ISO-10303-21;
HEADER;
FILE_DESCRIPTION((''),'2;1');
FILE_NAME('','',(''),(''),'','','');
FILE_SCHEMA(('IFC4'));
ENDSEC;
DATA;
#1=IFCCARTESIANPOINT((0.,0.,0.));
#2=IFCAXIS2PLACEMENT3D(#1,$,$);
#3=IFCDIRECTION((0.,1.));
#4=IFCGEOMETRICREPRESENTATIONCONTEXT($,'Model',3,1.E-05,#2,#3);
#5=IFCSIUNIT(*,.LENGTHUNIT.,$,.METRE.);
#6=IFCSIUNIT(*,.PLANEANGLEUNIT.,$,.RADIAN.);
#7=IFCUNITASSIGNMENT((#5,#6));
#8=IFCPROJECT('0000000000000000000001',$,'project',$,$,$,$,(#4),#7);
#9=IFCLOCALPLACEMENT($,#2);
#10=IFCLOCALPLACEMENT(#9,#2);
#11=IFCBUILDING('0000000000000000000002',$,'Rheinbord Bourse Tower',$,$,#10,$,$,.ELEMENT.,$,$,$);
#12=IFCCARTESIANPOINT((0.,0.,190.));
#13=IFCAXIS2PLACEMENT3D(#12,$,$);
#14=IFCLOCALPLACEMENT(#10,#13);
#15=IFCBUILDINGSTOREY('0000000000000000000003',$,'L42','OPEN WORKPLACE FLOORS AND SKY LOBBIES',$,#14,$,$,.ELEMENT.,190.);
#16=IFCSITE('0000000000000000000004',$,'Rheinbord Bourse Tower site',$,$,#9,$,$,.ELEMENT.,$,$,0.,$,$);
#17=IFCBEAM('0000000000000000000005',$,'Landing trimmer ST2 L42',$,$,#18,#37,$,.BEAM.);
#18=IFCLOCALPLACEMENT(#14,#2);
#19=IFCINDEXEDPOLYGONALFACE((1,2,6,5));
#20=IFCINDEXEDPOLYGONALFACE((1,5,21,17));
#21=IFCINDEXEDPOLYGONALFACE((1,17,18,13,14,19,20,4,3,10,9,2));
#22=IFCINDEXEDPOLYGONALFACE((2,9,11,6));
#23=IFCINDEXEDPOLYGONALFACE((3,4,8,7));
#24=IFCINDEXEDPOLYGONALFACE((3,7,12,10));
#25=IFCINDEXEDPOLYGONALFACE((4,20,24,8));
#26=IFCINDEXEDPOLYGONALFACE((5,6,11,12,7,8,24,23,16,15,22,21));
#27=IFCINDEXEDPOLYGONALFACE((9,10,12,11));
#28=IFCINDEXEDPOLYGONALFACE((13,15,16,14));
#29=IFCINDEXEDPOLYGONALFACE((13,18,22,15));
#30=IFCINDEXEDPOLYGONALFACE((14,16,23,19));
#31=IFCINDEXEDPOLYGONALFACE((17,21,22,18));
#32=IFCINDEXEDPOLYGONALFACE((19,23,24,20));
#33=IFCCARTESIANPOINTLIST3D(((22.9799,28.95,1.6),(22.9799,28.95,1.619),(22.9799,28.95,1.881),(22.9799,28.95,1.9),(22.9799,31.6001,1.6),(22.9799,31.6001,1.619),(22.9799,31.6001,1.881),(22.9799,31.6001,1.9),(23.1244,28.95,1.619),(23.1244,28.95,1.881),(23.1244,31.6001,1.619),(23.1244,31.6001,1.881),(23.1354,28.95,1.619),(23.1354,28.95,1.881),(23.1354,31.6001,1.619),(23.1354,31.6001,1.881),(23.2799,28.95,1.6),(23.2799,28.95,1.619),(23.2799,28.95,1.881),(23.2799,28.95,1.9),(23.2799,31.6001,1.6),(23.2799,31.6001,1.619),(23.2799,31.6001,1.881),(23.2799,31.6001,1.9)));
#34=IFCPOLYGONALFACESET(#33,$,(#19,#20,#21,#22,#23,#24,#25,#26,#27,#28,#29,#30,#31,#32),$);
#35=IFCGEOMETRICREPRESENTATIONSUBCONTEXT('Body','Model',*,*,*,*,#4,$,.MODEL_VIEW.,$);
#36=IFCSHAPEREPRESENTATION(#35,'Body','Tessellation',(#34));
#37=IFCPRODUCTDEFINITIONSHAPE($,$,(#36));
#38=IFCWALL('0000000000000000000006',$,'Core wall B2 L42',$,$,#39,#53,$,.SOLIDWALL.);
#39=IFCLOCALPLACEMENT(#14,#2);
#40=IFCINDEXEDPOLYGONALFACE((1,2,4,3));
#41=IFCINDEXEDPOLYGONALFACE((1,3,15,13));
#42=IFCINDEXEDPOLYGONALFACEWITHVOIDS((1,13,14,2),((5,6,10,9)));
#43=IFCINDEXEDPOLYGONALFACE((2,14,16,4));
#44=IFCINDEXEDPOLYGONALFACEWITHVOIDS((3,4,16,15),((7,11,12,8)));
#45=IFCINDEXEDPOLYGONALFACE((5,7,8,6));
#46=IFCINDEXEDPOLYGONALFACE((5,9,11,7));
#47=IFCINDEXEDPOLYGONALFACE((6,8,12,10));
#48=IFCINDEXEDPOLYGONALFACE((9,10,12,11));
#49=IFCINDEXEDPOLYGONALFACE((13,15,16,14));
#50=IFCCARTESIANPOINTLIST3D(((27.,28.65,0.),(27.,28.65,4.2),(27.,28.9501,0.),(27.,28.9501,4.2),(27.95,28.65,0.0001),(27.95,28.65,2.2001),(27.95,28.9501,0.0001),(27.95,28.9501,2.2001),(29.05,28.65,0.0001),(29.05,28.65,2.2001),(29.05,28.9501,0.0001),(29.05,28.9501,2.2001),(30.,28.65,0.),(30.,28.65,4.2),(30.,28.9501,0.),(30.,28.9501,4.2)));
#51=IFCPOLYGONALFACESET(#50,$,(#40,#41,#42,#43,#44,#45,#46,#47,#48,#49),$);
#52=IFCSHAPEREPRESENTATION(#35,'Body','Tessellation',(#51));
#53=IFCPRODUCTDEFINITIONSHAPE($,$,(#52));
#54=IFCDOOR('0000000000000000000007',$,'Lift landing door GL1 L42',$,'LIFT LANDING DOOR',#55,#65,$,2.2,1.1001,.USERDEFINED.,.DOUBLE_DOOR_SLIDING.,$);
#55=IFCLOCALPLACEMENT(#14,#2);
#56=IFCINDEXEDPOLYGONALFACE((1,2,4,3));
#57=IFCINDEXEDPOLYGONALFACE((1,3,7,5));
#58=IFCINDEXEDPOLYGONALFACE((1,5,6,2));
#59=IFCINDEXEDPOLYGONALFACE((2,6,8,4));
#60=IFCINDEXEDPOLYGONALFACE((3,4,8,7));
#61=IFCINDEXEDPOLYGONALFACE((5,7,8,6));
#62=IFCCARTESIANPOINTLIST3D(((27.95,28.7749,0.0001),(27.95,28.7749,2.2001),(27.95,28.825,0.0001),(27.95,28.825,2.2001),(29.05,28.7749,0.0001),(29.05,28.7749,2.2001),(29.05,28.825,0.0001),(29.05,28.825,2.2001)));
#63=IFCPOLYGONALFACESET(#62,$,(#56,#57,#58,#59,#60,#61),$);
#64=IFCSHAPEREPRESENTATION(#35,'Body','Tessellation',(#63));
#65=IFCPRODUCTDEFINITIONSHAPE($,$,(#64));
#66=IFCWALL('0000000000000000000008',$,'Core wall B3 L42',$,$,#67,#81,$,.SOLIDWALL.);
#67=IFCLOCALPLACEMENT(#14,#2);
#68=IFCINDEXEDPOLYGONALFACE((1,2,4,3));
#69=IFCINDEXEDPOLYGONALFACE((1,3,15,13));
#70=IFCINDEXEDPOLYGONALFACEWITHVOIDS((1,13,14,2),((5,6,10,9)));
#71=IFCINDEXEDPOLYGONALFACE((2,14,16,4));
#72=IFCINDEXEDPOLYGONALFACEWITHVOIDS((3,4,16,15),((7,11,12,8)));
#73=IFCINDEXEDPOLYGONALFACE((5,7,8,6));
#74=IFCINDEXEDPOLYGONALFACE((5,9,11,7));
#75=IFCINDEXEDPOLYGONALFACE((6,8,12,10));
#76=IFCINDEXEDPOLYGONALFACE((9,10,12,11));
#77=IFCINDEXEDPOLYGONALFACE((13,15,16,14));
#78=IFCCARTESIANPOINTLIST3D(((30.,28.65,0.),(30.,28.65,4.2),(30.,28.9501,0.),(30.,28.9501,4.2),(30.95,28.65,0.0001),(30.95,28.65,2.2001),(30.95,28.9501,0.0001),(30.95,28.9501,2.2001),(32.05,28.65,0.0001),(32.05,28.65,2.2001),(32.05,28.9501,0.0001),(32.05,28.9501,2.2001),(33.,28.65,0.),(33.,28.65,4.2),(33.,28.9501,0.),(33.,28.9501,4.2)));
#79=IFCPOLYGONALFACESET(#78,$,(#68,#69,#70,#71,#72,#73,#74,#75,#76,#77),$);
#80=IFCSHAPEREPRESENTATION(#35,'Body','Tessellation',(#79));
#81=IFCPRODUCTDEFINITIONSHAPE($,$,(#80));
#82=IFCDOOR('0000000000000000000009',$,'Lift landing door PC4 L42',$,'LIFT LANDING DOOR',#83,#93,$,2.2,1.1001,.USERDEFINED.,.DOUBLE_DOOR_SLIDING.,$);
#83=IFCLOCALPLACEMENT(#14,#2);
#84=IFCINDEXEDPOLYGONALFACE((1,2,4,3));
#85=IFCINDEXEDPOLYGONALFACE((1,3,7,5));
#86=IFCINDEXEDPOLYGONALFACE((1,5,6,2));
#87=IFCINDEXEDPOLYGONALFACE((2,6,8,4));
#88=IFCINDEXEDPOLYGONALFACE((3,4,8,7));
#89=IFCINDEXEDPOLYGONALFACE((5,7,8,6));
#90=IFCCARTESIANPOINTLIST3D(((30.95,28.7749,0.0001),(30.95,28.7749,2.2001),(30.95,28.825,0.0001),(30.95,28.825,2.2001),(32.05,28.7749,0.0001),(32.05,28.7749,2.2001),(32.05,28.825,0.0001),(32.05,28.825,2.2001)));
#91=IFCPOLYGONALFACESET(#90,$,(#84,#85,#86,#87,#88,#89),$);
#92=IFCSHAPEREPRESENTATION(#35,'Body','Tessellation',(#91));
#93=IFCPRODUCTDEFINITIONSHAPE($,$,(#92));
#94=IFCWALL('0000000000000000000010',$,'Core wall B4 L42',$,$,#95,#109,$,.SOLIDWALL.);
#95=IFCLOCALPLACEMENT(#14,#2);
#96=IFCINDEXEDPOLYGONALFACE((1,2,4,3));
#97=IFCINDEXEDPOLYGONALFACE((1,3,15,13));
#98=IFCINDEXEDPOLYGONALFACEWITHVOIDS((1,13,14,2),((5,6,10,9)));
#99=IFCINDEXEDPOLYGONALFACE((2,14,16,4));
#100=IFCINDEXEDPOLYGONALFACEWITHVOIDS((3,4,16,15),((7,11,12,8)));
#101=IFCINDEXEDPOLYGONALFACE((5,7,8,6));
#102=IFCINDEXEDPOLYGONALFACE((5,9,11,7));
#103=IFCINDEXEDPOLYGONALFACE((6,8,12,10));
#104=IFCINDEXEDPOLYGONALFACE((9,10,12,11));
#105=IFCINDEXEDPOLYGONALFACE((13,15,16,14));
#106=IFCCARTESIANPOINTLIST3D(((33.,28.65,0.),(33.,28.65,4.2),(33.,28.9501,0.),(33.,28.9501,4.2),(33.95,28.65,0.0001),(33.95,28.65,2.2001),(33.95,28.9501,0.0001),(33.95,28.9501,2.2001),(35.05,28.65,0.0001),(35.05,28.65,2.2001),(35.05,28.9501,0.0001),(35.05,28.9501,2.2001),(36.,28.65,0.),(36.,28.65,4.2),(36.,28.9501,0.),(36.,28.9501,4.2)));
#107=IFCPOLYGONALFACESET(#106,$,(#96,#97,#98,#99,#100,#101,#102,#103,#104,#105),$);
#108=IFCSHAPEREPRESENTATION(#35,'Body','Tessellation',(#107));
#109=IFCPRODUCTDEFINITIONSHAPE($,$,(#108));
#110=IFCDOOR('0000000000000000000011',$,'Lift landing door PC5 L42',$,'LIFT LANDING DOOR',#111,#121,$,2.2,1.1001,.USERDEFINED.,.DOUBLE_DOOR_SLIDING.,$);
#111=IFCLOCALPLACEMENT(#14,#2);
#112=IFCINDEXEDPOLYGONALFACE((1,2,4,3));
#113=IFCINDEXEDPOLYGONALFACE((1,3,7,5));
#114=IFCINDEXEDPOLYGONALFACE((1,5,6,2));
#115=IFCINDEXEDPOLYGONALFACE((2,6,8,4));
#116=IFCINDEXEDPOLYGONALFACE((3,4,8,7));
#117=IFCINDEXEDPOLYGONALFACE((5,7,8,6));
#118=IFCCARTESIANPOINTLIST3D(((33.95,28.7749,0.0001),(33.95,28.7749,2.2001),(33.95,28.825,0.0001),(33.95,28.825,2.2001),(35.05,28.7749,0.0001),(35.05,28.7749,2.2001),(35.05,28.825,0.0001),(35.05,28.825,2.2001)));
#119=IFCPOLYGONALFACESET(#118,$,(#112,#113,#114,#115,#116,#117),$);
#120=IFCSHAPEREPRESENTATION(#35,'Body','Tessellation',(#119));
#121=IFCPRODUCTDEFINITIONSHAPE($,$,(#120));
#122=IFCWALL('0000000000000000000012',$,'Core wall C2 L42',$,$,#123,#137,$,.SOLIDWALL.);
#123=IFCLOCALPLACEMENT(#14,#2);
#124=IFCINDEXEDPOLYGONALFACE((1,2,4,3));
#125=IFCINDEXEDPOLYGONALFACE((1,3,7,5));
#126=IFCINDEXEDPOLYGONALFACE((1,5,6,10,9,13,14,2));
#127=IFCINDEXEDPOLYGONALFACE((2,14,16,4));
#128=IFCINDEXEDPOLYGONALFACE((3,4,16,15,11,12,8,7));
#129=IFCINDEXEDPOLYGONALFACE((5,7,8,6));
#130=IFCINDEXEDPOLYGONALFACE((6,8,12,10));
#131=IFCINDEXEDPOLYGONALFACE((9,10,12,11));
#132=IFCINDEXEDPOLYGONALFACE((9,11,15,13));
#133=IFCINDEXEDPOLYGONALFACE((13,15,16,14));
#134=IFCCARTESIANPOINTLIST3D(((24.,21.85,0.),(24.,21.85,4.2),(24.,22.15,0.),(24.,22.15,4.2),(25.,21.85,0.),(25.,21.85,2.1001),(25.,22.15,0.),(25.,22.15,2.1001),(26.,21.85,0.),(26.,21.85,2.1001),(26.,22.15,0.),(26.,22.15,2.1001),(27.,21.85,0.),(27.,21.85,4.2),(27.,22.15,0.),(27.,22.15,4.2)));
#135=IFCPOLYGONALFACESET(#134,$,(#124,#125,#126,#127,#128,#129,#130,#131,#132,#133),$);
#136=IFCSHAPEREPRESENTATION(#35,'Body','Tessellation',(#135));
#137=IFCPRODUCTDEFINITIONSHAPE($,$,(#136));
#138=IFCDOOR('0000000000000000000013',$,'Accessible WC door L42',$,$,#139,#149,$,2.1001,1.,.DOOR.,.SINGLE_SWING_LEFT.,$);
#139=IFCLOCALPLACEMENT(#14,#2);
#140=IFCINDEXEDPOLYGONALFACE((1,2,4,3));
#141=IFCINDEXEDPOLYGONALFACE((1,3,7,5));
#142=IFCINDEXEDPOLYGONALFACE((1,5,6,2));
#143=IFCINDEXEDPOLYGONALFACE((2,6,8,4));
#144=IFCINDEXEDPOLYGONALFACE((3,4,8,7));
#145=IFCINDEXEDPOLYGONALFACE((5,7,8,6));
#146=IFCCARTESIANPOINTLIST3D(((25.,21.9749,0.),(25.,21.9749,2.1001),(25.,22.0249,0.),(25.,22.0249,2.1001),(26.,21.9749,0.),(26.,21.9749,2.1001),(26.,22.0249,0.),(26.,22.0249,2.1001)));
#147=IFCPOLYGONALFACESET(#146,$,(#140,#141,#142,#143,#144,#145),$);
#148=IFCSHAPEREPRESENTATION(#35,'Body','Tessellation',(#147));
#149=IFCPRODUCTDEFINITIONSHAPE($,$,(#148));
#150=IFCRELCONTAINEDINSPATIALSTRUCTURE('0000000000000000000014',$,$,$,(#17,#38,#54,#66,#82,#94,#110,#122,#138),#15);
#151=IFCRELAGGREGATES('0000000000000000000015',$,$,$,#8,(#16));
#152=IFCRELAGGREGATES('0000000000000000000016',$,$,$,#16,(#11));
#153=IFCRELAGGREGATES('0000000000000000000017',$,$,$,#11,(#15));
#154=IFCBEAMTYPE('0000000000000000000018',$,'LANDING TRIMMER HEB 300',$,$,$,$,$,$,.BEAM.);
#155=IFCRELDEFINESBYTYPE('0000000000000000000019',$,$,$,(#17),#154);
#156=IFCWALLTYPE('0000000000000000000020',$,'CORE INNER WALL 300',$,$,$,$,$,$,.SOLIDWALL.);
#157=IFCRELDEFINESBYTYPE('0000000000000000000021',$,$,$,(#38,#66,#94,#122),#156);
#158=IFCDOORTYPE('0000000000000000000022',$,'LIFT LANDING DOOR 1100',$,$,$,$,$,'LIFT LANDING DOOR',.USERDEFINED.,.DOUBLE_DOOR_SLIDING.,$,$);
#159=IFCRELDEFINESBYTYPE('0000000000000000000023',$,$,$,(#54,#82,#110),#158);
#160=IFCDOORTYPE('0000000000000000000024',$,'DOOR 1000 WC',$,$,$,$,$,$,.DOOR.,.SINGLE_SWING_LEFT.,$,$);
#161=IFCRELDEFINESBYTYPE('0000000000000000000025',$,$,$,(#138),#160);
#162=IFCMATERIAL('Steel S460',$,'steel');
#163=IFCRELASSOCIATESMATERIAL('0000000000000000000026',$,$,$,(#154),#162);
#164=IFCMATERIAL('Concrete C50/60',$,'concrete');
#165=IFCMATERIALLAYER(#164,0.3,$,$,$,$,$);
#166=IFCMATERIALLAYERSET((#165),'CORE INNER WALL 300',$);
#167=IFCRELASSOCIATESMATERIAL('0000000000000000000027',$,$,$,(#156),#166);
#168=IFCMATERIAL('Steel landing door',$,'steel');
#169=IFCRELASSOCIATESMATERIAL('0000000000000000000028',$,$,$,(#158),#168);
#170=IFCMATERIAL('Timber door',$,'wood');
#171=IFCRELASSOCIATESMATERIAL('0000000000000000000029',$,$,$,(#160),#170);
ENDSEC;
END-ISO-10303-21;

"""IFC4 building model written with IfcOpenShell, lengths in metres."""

from ifc_helpers import new_model, si_unit, direction, frame, frame_2d, origin, origin_2d, place, context, subcontext, project, spatial, rectangle, i_section, extrude, material, layer, layer_set, material_profile, profile_set, type_object, element, fill, save


model = new_model("IFC4")

# Units and contexts
model_context = context("Model", 3, precision=1e-05, world=origin(), true_north=direction((0.0, 1.0)))
body_context = subcontext(model_context, "Body", "Model", "MODEL_VIEW")
ifc_project = project(units=[si_unit("LENGTHUNIT", "METRE"), si_unit("PLANEANGLEUNIT", "RADIAN")], contexts=[model_context])

# Site, building, storey
site_placement = place(None, origin())
site = spatial("IfcSite", under=ifc_project, at=site_placement, Name="Rheinbord Bourse Tower site", CompositionType="ELEMENT", RefElevation=0.0)
building_placement = place(site_placement, origin())
building = spatial("IfcBuilding", under=site, at=building_placement, Name="Rheinbord Bourse Tower", CompositionType="ELEMENT")
storey_placement = place(building_placement, frame((0.0, 0.0, 190.0)))
storey = spatial("IfcBuildingStorey", under=building, at=storey_placement, Name="L42", Description="OPEN WORKPLACE FLOORS AND SKY LOBBIES", CompositionType="ELEMENT", Elevation=190.0)

# Beam
ifc_material_1 = material(Name="Steel S460", Category="steel")
ifc_material_profile = material_profile(ifc_material_1, i_section(OverallWidth=0.3, OverallDepth=0.3, WebThickness=0.011, FlangeThickness=0.019, at=origin_2d()), Name="HEB 300")
ifc_profile_set = profile_set([ifc_material_profile], Name="Steel S460")
beam_type = type_object("IfcBeamType", Name="LANDING TRIMMER HEB 300", PredefinedType="BEAM", material=ifc_profile_set)
beam_placement = place(storey_placement, frame((23.1299, 28.95, 1.75), z_axis=(0.0, 1.0, 0.0), x_axis=(-1.0, 0.0, 0.0)))
element("IfcBeam", 1, at=beam_placement, inside=storey, type_object=beam_type, Name="Landing trimmer ST2 L42", PredefinedType="BEAM", context=body_context, shape_type="SweptSolid", body=[
    extrude(i_section(OverallWidth=0.3, OverallDepth=0.3, WebThickness=0.011, FlangeThickness=0.019, at=origin_2d()), origin(), (0.0, 0.0, 1.0), 2.6501),
])

# Walls, openings, doors
ifc_material_2 = material(Name="Concrete C50/60", Category="concrete")
ifc_layer_1 = layer(ifc_material_2, 0.3)
ifc_layer_set_1 = layer_set([ifc_layer_1], Name="CORE INNER WALL 300")
wall_type_1 = type_object("IfcWallType", Name="CORE INNER WALL 300", PredefinedType="SOLIDWALL", material=ifc_layer_set_1)
wall_1_placement = place(storey_placement, frame((27.0, 28.8, 0.0), z_axis=(0.0, 0.0, 1.0), x_axis=(1.0, 0.0, 0.0)))
wall_1 = element("IfcWall", 2, at=wall_1_placement, inside=storey, type_object=wall_type_1, Name="Core wall B2 L42", PredefinedType="SOLIDWALL", context=body_context, shape_type="SweptSolid", body=[
    extrude(rectangle(XDim=3.0, YDim=0.3, at=frame_2d((1.5, 0.0))), origin(), (0.0, 0.0, 1.0), 4.2),
])
opening_1_placement = place(wall_1_placement, frame((0.95, 0.0, 0.0)))
opening_1 = element("IfcOpeningElement", 3, at=opening_1_placement, cuts=wall_1, PredefinedType="OPENING", context=body_context, shape_type="SweptSolid", body=[
    extrude(rectangle(XDim=1.1001, YDim=2.2, at=frame_2d((0.55, 1.1001))), frame((0.0, 0.1599, 0.0), z_axis=(0.0, -1.0, 0.0), x_axis=(1.0, 0.0, 0.0)), (0.0, 0.0, 1.0), 0.3201),
])
ifc_material_3 = material(Name="Steel landing door", Category="steel")
door_type_1 = type_object("IfcDoorType", Name="LIFT LANDING DOOR 1100", ElementType="LIFT LANDING DOOR", OperationType="DOUBLE_DOOR_SLIDING", PredefinedType="USERDEFINED", material=ifc_material_3)
door_1_placement = place(opening_1_placement, origin())
door_1 = element("IfcDoor", 4, at=door_1_placement, inside=storey, type_object=door_type_1, Name="Lift landing door GL1 L42", ObjectType="LIFT LANDING DOOR", OperationType="DOUBLE_DOOR_SLIDING", OverallHeight=2.2, OverallWidth=1.1001, PredefinedType="USERDEFINED", context=body_context, shape_type="SweptSolid", body=[
    extrude(rectangle(XDim=1.1001, YDim=2.2, at=frame_2d((0.55, 1.1001))), frame((0.0, 0.0249, 0.0), z_axis=(0.0, -1.0, 0.0), x_axis=(1.0, 0.0, 0.0)), (0.0, 0.0, 1.0), 0.05),
])
fill(opening_1, door_1)
wall_2_placement = place(storey_placement, frame((30.0, 28.8, 0.0), z_axis=(0.0, 0.0, 1.0), x_axis=(1.0, 0.0, 0.0)))
wall_2 = element("IfcWall", 5, at=wall_2_placement, inside=storey, type_object=wall_type_1, Name="Core wall B3 L42", PredefinedType="SOLIDWALL", context=body_context, shape_type="SweptSolid", body=[
    extrude(rectangle(XDim=3.0, YDim=0.3, at=frame_2d((1.5, 0.0))), origin(), (0.0, 0.0, 1.0), 4.2),
])
opening_2_placement = place(wall_2_placement, frame((0.95, 0.0, 0.0)))
opening_2 = element("IfcOpeningElement", 6, at=opening_2_placement, cuts=wall_2, PredefinedType="OPENING", context=body_context, shape_type="SweptSolid", body=[
    extrude(rectangle(XDim=1.1001, YDim=2.2, at=frame_2d((0.55, 1.1001))), frame((0.0, 0.1599, 0.0), z_axis=(0.0, -1.0, 0.0), x_axis=(1.0, 0.0, 0.0)), (0.0, 0.0, 1.0), 0.3201),
])
door_2_placement = place(opening_2_placement, origin())
door_2 = element("IfcDoor", 7, at=door_2_placement, inside=storey, type_object=door_type_1, Name="Lift landing door PC4 L42", ObjectType="LIFT LANDING DOOR", OperationType="DOUBLE_DOOR_SLIDING", OverallHeight=2.2, OverallWidth=1.1001, PredefinedType="USERDEFINED", context=body_context, shape_type="SweptSolid", body=[
    extrude(rectangle(XDim=1.1001, YDim=2.2, at=frame_2d((0.55, 1.1001))), frame((0.0, 0.0249, 0.0), z_axis=(0.0, -1.0, 0.0), x_axis=(1.0, 0.0, 0.0)), (0.0, 0.0, 1.0), 0.05),
])
fill(opening_2, door_2)
wall_3_placement = place(storey_placement, frame((33.0, 28.8, 0.0), z_axis=(0.0, 0.0, 1.0), x_axis=(1.0, 0.0, 0.0)))
wall_3 = element("IfcWall", 8, at=wall_3_placement, inside=storey, type_object=wall_type_1, Name="Core wall B4 L42", PredefinedType="SOLIDWALL", context=body_context, shape_type="SweptSolid", body=[
    extrude(rectangle(XDim=3.0, YDim=0.3, at=frame_2d((1.5, 0.0))), origin(), (0.0, 0.0, 1.0), 4.2),
])
opening_3_placement = place(wall_3_placement, frame((0.95, 0.0, 0.0)))
opening_3 = element("IfcOpeningElement", 9, at=opening_3_placement, cuts=wall_3, PredefinedType="OPENING", context=body_context, shape_type="SweptSolid", body=[
    extrude(rectangle(XDim=1.1001, YDim=2.2, at=frame_2d((0.55, 1.1001))), frame((0.0, 0.1599, 0.0), z_axis=(0.0, -1.0, 0.0), x_axis=(1.0, 0.0, 0.0)), (0.0, 0.0, 1.0), 0.3201),
])
door_3_placement = place(opening_3_placement, origin())
door_3 = element("IfcDoor", 10, at=door_3_placement, inside=storey, type_object=door_type_1, Name="Lift landing door PC5 L42", ObjectType="LIFT LANDING DOOR", OperationType="DOUBLE_DOOR_SLIDING", OverallHeight=2.2, OverallWidth=1.1001, PredefinedType="USERDEFINED", context=body_context, shape_type="SweptSolid", body=[
    extrude(rectangle(XDim=1.1001, YDim=2.2, at=frame_2d((0.55, 1.1001))), frame((0.0, 0.0249, 0.0), z_axis=(0.0, -1.0, 0.0), x_axis=(1.0, 0.0, 0.0)), (0.0, 0.0, 1.0), 0.05),
])
fill(opening_3, door_3)
wall_4_placement = place(storey_placement, frame((24.0, 22.0, 0.0), z_axis=(0.0, 0.0, 1.0), x_axis=(1.0, 0.0, 0.0)))
wall_4 = element("IfcWall", 11, at=wall_4_placement, inside=storey, type_object=wall_type_1, Name="Core wall C2 L42", PredefinedType="SOLIDWALL", context=body_context, shape_type="SweptSolid", body=[
    extrude(rectangle(XDim=3.0, YDim=0.3, at=frame_2d((1.5, 0.0))), origin(), (0.0, 0.0, 1.0), 4.2),
])
opening_4_placement = place(wall_4_placement, frame((1.0, 0.0, 0.0)))
opening_4 = element("IfcOpeningElement", 12, at=opening_4_placement, cuts=wall_4, PredefinedType="OPENING", context=body_context, shape_type="SweptSolid", body=[
    extrude(rectangle(XDim=1.0, YDim=2.1001, at=frame_2d((0.5, 1.05))), frame((0.0, 0.1599, 0.0), z_axis=(0.0, -1.0, 0.0), x_axis=(1.0, 0.0, 0.0)), (0.0, 0.0, 1.0), 0.3201),
])
ifc_material_4 = material(Name="Timber door", Category="wood")
door_type_2 = type_object("IfcDoorType", Name="DOOR 1000 WC", OperationType="SINGLE_SWING_LEFT", PredefinedType="DOOR", material=ifc_material_4)
door_4_placement = place(opening_4_placement, origin())
door_4 = element("IfcDoor", 13, at=door_4_placement, inside=storey, type_object=door_type_2, Name="Accessible WC door L42", OperationType="SINGLE_SWING_LEFT", OverallHeight=2.1001, OverallWidth=1.0, PredefinedType="DOOR", context=body_context, shape_type="SweptSolid", body=[
    extrude(rectangle(XDim=1.0, YDim=2.1001, at=frame_2d((0.5, 1.05))), frame((0.0, 0.0249, 0.0), z_axis=(0.0, -1.0, 0.0), x_axis=(1.0, 0.0, 0.0)), (0.0, 0.0, 1.0), 0.05),
])
fill(opening_4, door_4)

save(model, "model.ifc")
